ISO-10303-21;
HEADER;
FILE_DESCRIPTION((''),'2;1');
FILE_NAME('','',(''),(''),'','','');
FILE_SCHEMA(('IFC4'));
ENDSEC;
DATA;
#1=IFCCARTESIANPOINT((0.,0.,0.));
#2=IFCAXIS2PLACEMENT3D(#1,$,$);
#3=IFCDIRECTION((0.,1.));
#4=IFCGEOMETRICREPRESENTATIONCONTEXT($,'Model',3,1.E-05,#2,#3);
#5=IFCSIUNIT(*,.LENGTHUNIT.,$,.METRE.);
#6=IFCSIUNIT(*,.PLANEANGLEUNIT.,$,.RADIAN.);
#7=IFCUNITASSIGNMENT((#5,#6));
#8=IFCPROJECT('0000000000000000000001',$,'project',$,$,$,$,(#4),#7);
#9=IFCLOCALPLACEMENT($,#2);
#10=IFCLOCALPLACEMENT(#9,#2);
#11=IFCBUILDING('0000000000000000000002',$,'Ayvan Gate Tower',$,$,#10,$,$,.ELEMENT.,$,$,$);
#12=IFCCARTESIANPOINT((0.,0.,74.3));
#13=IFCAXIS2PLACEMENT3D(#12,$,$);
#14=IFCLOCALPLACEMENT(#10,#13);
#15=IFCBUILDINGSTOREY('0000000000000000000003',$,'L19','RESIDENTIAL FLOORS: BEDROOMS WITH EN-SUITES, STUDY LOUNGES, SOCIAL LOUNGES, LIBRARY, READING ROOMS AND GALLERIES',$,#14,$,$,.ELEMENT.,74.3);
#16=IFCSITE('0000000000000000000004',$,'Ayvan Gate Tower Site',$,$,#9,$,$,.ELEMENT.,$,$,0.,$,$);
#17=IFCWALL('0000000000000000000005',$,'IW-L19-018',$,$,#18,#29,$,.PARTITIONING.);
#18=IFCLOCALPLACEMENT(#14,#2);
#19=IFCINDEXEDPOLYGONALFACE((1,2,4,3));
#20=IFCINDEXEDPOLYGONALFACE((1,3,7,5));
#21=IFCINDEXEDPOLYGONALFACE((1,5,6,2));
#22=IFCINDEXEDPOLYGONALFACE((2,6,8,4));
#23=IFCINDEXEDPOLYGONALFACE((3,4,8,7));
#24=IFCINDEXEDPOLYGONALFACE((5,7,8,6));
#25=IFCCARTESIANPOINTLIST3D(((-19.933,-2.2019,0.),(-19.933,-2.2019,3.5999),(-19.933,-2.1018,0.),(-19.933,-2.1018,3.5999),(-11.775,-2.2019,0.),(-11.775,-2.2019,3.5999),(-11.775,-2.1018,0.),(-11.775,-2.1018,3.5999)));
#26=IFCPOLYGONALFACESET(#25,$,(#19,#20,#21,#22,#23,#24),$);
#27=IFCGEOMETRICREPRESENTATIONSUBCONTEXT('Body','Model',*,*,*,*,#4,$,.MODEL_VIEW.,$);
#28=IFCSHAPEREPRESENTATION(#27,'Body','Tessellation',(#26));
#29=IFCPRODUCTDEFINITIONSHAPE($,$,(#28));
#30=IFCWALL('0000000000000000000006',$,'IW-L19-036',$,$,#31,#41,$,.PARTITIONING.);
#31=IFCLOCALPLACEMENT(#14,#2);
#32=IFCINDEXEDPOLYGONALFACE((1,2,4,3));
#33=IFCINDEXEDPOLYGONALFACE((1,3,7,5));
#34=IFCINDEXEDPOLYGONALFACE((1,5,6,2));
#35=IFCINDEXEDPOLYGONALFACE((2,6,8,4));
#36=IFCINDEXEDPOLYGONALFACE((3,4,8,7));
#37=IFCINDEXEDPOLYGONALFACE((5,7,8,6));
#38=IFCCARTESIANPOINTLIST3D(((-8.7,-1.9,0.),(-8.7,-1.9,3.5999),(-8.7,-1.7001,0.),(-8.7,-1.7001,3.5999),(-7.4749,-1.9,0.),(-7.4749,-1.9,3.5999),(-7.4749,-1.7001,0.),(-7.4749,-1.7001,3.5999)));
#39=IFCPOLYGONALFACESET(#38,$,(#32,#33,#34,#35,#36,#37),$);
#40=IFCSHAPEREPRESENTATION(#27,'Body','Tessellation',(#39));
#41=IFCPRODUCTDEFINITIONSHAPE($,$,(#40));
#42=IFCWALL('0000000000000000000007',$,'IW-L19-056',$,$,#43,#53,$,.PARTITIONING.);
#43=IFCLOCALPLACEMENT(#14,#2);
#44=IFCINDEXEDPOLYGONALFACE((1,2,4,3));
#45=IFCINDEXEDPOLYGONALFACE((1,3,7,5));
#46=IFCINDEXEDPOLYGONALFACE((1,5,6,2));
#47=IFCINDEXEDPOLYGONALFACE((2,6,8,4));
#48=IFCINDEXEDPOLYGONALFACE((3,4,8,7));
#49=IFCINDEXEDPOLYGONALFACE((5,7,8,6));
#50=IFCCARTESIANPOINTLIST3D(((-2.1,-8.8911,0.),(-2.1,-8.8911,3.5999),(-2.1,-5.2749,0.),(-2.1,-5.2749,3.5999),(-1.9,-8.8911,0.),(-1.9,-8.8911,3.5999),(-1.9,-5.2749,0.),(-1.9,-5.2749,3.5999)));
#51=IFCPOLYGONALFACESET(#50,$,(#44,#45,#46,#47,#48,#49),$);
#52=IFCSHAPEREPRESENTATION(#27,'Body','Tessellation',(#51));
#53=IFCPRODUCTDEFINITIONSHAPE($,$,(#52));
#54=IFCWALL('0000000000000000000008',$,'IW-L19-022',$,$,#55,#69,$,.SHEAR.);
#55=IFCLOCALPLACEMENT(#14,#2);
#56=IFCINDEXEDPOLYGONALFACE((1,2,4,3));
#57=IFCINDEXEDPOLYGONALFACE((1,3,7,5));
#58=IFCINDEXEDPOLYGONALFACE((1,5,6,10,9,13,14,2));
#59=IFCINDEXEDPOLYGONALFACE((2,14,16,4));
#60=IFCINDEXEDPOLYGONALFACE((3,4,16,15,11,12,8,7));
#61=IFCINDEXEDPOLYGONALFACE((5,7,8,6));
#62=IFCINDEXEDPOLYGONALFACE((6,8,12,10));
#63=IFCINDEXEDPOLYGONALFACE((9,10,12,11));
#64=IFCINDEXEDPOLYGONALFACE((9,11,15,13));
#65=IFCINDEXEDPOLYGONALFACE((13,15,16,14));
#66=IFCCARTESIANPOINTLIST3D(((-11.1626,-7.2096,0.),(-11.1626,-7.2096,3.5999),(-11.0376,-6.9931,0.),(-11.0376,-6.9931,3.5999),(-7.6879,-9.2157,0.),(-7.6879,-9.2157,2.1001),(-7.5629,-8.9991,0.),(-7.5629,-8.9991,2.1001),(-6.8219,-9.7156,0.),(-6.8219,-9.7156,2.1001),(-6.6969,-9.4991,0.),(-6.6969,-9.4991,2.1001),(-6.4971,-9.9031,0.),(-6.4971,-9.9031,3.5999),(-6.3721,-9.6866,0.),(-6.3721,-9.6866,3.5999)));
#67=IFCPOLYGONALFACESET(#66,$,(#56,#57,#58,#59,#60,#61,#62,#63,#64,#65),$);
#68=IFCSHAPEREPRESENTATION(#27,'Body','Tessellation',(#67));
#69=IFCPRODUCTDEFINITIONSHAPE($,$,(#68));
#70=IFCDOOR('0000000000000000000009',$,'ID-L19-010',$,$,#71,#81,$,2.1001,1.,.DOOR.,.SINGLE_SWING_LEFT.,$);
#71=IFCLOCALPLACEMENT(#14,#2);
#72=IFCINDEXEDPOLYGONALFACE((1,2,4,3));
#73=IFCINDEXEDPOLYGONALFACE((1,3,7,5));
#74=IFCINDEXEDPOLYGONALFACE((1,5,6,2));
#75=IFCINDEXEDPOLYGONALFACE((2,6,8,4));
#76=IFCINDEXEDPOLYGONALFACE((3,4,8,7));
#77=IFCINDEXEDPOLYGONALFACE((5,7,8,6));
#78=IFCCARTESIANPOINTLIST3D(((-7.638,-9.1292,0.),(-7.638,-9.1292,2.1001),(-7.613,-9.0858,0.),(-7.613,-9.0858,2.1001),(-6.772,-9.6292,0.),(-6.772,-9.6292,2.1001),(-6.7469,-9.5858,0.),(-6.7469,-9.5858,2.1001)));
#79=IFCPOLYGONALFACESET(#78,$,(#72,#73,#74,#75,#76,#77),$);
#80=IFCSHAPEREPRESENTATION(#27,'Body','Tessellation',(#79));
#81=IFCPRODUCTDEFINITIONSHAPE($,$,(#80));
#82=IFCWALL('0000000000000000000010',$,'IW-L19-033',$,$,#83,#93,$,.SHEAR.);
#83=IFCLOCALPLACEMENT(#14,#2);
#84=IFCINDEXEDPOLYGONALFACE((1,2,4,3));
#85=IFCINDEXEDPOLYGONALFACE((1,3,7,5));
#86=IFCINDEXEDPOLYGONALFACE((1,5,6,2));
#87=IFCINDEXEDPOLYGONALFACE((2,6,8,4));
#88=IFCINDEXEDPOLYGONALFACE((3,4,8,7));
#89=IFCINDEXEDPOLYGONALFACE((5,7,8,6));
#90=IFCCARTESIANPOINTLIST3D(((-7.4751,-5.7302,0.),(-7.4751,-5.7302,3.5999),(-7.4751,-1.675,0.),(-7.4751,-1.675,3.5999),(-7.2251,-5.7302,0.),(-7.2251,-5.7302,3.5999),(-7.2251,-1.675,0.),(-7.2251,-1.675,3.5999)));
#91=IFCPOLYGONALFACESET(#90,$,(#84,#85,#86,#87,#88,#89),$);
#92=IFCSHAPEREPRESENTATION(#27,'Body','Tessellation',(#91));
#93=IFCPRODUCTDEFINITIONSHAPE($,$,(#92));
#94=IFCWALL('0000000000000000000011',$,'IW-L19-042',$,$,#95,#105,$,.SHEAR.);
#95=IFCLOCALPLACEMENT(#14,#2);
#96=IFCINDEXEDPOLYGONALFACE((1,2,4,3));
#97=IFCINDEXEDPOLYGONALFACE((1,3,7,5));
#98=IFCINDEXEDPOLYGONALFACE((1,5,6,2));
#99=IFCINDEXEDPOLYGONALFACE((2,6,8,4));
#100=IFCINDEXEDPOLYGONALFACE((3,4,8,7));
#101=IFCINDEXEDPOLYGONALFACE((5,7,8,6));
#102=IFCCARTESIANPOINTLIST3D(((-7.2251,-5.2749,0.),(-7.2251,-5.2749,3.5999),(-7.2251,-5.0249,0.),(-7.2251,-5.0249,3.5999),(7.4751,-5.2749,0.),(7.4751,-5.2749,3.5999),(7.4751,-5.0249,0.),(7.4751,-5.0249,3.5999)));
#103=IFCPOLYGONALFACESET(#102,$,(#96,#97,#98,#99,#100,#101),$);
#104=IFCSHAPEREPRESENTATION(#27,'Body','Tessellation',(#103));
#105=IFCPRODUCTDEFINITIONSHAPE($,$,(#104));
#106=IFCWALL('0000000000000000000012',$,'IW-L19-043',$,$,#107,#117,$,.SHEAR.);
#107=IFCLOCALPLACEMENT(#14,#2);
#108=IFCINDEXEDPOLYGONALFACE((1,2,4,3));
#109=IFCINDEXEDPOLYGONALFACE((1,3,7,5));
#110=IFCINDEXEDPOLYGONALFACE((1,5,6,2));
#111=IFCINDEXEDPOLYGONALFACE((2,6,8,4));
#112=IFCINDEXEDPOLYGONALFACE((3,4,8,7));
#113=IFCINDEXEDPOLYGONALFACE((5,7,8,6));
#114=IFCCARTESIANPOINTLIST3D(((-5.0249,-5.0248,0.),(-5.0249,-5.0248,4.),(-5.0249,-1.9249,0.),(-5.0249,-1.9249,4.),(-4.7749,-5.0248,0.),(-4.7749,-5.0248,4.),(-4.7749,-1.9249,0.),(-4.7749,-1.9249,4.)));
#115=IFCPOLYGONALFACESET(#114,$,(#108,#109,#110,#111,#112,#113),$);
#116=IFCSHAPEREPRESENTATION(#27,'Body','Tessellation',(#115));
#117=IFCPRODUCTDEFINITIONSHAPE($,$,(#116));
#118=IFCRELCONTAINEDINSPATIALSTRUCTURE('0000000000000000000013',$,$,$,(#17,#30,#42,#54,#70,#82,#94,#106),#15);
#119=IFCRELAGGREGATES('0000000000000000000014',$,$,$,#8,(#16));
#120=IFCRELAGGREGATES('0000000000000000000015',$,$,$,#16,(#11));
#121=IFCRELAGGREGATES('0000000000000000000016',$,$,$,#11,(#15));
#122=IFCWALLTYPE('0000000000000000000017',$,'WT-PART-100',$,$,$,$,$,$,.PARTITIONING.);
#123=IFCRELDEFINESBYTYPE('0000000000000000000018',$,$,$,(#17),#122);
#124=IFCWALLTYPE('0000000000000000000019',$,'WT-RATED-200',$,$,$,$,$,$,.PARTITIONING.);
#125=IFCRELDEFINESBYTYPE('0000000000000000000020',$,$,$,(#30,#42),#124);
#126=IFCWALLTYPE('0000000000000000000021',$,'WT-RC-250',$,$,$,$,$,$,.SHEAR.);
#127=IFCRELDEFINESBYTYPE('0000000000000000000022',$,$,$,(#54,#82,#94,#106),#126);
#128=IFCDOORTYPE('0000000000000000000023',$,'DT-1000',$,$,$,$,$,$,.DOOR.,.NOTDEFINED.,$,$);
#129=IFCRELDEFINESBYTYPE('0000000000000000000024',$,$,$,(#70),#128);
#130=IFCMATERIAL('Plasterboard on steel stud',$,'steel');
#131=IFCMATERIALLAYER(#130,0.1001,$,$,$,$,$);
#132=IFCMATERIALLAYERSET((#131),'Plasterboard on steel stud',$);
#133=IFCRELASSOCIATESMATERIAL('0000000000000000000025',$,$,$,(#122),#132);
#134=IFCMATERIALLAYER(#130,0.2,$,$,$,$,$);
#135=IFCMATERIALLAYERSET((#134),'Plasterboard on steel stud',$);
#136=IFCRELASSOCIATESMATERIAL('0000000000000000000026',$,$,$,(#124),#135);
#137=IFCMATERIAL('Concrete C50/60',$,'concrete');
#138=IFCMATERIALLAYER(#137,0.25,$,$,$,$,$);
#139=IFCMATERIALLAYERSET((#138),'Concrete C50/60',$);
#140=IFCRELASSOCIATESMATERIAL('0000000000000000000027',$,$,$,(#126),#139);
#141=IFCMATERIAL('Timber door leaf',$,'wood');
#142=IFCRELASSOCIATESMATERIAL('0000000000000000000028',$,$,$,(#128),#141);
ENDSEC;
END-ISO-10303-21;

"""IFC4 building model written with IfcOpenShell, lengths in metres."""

from ifc_helpers import new_model, si_unit, direction, frame, frame_2d, origin, place, context, subcontext, project, spatial, rectangle, extrude, material, layer, layer_set, type_object, element, fill, save


model = new_model("IFC4")

# Units and contexts
model_context = context("Model", 3, precision=1e-05, world=origin(), true_north=direction((0.0, 1.0)))
body_context = subcontext(model_context, "Body", "Model", "MODEL_VIEW")
ifc_project = project(units=[si_unit("LENGTHUNIT", "METRE"), si_unit("PLANEANGLEUNIT", "RADIAN")], contexts=[model_context])

# Site, building, storey
site_placement = place(None, origin())
site = spatial("IfcSite", under=ifc_project, at=site_placement, Name="Ayvan Gate Tower Site", CompositionType="ELEMENT", RefElevation=0.0)
building_placement = place(site_placement, origin())
building = spatial("IfcBuilding", under=site, at=building_placement, Name="Ayvan Gate Tower", CompositionType="ELEMENT")
storey_placement = place(building_placement, frame((0.0, 0.0, 74.3)))
storey = spatial("IfcBuildingStorey", under=building, at=storey_placement, Name="L19", Description="RESIDENTIAL FLOORS: BEDROOMS WITH EN-SUITES, STUDY LOUNGES, SOCIAL LOUNGES, LIBRARY, READING ROOMS AND GALLERIES", CompositionType="ELEMENT", Elevation=74.3)

# Shared definitions
ifc_material_1 = material(Name="Timber door leaf", Category="wood")

# Walls
ifc_material_2 = material(Name="Plasterboard on steel stud", Category="steel")
ifc_layer_1 = layer(ifc_material_2, 0.1001)
ifc_layer_set_1 = layer_set([ifc_layer_1], Name="Plasterboard on steel stud")
wall_type_1 = type_object("IfcWallType", Name="WT-PART-100", PredefinedType="PARTITIONING", material=ifc_layer_set_1)
wall_1_placement = place(storey_placement, frame((-11.7749, -2.1519, 0.0), z_axis=(0.0, 0.0, 1.0), x_axis=(-1.0, 0.0, 0.0)))
element("IfcWall", 1, at=wall_1_placement, inside=storey, type_object=wall_type_1, Name="IW-L19-018", PredefinedType="PARTITIONING", context=body_context, shape_type="SweptSolid", body=[
    extrude(rectangle(XDim=8.158, YDim=0.1001, at=frame_2d((4.0791, 0.0))), origin(), (0.0, 0.0, 1.0), 3.5999),
])
ifc_layer_2 = layer(ifc_material_2, 0.2)
ifc_layer_set_2 = layer_set([ifc_layer_2], Name="Plasterboard on steel stud")
wall_type_2 = type_object("IfcWallType", Name="WT-RATED-200", PredefinedType="PARTITIONING", material=ifc_layer_set_2)
wall_2_placement = place(storey_placement, frame((-7.4749, -1.8, 0.0), z_axis=(0.0, 0.0, 1.0), x_axis=(-1.0, 0.0, 0.0)))
element("IfcWall", 2, at=wall_2_placement, inside=storey, type_object=wall_type_2, Name="IW-L19-036", PredefinedType="PARTITIONING", context=body_context, shape_type="SweptSolid", body=[
    extrude(rectangle(XDim=1.2251, YDim=0.2, at=frame_2d((0.6125, 0.0))), origin(), (0.0, 0.0, 1.0), 3.5999),
])
wall_3_placement = place(storey_placement, frame((-2.0, -5.2749, 0.0), z_axis=(0.0, 0.0, 1.0), x_axis=(0.0, -1.0, 0.0)))
element("IfcWall", 3, at=wall_3_placement, inside=storey, type_object=wall_type_2, Name="IW-L19-056", PredefinedType="PARTITIONING", context=body_context, shape_type="SweptSolid", body=[
    extrude(rectangle(XDim=3.6162, YDim=0.2, at=frame_2d((1.8081, 0.0))), origin(), (0.0, 0.0, 1.0), 3.5999),
])

# Wall, opening, door
ifc_material_3 = material(Name="Concrete C50/60", Category="concrete")
ifc_layer_3 = layer(ifc_material_3, 0.25)
ifc_layer_set_3 = layer_set([ifc_layer_3], Name="Concrete C50/60")
wall_type_3 = type_object("IfcWallType", Name="WT-RC-250", PredefinedType="SHEAR", material=ifc_layer_set_3)
wall_4_placement = place(storey_placement, frame((-11.1001, -7.1013, 0.0), z_axis=(0.0, 0.0, 1.0), x_axis=(0.866029, -0.499994, 0.0)))
wall_4 = element("IfcWall", 4, at=wall_4_placement, inside=storey, type_object=wall_type_3, Name="IW-L19-022", PredefinedType="SHEAR", context=body_context, shape_type="SweptSolid", body=[
    extrude(rectangle(XDim=5.3872, YDim=0.25, at=frame_2d((2.6936, 0.0))), origin(), (0.0, 0.0, 1.0), 3.5999),
])
opening_1_placement = place(wall_4_placement, frame((4.0122, 0.0, 0.0)))
opening_1 = element("IfcOpeningElement", 5, at=opening_1_placement, cuts=wall_4, PredefinedType="OPENING", context=body_context, shape_type="SweptSolid", body=[
    extrude(rectangle(XDim=1.0, YDim=2.1001, at=frame_2d((0.5, 1.05))), frame((0.0, 0.135, 0.0), z_axis=(0.0, -1.0, 0.0), x_axis=(1.0, 0.0, 0.0)), (0.0, 0.0, 1.0), 0.27),
])
door_type_1 = type_object("IfcDoorType", Name="DT-1000", OperationType="NOTDEFINED", PredefinedType="DOOR", material=ifc_material_1)
door_1_placement = place(opening_1_placement, origin())
door_1 = element("IfcDoor", 6, at=door_1_placement, inside=storey, type_object=door_type_1, Name="ID-L19-010", OperationType="SINGLE_SWING_LEFT", OverallHeight=2.1001, OverallWidth=1.0, PredefinedType="DOOR", context=body_context, shape_type="SweptSolid", body=[
    extrude(rectangle(XDim=1.0, YDim=2.1001, at=frame_2d((0.5, 1.05))), frame((0.0, 0.0249, 0.0), z_axis=(0.0, -1.0, 0.0), x_axis=(1.0, 0.0, 0.0)), (0.0, 0.0, 1.0), 0.05),
])
fill(opening_1, door_1)

# Walls
wall_5_placement = place(storey_placement, frame((-7.3501, -5.7302, 0.0), z_axis=(0.0, 0.0, 1.0), x_axis=(0.0, 1.0, 0.0)))
element("IfcWall", 7, at=wall_5_placement, inside=storey, type_object=wall_type_3, Name="IW-L19-033", PredefinedType="SHEAR", context=body_context, shape_type="SweptSolid", body=[
    extrude(rectangle(XDim=4.0552, YDim=0.25, at=frame_2d((2.0276, 0.0))), origin(), (0.0, 0.0, 1.0), 3.5999),
])
wall_6_placement = place(storey_placement, frame((-7.2251, -5.1499, 0.0), z_axis=(0.0, 0.0, 1.0), x_axis=(1.0, 0.0, 0.0)))
element("IfcWall", 8, at=wall_6_placement, inside=storey, type_object=wall_type_3, Name="IW-L19-042", PredefinedType="SHEAR", context=body_context, shape_type="SweptSolid", body=[
    extrude(rectangle(XDim=14.7002, YDim=0.25, at=frame_2d((7.3501, 0.0))), origin(), (0.0, 0.0, 1.0), 3.5999),
])
wall_7_placement = place(storey_placement, frame((-4.8999, -1.925, 0.0), z_axis=(0.0, 0.0, 1.0), x_axis=(0.0, -1.0, 0.0)))
element("IfcWall", 9, at=wall_7_placement, inside=storey, type_object=wall_type_3, Name="IW-L19-043", PredefinedType="SHEAR", context=body_context, shape_type="SweptSolid", body=[
    extrude(rectangle(XDim=3.0999, YDim=0.25, at=frame_2d((1.5498, 0.0))), origin(), (0.0, 0.0, 1.0), 4.0),
])

save(model, "model.ifc")
